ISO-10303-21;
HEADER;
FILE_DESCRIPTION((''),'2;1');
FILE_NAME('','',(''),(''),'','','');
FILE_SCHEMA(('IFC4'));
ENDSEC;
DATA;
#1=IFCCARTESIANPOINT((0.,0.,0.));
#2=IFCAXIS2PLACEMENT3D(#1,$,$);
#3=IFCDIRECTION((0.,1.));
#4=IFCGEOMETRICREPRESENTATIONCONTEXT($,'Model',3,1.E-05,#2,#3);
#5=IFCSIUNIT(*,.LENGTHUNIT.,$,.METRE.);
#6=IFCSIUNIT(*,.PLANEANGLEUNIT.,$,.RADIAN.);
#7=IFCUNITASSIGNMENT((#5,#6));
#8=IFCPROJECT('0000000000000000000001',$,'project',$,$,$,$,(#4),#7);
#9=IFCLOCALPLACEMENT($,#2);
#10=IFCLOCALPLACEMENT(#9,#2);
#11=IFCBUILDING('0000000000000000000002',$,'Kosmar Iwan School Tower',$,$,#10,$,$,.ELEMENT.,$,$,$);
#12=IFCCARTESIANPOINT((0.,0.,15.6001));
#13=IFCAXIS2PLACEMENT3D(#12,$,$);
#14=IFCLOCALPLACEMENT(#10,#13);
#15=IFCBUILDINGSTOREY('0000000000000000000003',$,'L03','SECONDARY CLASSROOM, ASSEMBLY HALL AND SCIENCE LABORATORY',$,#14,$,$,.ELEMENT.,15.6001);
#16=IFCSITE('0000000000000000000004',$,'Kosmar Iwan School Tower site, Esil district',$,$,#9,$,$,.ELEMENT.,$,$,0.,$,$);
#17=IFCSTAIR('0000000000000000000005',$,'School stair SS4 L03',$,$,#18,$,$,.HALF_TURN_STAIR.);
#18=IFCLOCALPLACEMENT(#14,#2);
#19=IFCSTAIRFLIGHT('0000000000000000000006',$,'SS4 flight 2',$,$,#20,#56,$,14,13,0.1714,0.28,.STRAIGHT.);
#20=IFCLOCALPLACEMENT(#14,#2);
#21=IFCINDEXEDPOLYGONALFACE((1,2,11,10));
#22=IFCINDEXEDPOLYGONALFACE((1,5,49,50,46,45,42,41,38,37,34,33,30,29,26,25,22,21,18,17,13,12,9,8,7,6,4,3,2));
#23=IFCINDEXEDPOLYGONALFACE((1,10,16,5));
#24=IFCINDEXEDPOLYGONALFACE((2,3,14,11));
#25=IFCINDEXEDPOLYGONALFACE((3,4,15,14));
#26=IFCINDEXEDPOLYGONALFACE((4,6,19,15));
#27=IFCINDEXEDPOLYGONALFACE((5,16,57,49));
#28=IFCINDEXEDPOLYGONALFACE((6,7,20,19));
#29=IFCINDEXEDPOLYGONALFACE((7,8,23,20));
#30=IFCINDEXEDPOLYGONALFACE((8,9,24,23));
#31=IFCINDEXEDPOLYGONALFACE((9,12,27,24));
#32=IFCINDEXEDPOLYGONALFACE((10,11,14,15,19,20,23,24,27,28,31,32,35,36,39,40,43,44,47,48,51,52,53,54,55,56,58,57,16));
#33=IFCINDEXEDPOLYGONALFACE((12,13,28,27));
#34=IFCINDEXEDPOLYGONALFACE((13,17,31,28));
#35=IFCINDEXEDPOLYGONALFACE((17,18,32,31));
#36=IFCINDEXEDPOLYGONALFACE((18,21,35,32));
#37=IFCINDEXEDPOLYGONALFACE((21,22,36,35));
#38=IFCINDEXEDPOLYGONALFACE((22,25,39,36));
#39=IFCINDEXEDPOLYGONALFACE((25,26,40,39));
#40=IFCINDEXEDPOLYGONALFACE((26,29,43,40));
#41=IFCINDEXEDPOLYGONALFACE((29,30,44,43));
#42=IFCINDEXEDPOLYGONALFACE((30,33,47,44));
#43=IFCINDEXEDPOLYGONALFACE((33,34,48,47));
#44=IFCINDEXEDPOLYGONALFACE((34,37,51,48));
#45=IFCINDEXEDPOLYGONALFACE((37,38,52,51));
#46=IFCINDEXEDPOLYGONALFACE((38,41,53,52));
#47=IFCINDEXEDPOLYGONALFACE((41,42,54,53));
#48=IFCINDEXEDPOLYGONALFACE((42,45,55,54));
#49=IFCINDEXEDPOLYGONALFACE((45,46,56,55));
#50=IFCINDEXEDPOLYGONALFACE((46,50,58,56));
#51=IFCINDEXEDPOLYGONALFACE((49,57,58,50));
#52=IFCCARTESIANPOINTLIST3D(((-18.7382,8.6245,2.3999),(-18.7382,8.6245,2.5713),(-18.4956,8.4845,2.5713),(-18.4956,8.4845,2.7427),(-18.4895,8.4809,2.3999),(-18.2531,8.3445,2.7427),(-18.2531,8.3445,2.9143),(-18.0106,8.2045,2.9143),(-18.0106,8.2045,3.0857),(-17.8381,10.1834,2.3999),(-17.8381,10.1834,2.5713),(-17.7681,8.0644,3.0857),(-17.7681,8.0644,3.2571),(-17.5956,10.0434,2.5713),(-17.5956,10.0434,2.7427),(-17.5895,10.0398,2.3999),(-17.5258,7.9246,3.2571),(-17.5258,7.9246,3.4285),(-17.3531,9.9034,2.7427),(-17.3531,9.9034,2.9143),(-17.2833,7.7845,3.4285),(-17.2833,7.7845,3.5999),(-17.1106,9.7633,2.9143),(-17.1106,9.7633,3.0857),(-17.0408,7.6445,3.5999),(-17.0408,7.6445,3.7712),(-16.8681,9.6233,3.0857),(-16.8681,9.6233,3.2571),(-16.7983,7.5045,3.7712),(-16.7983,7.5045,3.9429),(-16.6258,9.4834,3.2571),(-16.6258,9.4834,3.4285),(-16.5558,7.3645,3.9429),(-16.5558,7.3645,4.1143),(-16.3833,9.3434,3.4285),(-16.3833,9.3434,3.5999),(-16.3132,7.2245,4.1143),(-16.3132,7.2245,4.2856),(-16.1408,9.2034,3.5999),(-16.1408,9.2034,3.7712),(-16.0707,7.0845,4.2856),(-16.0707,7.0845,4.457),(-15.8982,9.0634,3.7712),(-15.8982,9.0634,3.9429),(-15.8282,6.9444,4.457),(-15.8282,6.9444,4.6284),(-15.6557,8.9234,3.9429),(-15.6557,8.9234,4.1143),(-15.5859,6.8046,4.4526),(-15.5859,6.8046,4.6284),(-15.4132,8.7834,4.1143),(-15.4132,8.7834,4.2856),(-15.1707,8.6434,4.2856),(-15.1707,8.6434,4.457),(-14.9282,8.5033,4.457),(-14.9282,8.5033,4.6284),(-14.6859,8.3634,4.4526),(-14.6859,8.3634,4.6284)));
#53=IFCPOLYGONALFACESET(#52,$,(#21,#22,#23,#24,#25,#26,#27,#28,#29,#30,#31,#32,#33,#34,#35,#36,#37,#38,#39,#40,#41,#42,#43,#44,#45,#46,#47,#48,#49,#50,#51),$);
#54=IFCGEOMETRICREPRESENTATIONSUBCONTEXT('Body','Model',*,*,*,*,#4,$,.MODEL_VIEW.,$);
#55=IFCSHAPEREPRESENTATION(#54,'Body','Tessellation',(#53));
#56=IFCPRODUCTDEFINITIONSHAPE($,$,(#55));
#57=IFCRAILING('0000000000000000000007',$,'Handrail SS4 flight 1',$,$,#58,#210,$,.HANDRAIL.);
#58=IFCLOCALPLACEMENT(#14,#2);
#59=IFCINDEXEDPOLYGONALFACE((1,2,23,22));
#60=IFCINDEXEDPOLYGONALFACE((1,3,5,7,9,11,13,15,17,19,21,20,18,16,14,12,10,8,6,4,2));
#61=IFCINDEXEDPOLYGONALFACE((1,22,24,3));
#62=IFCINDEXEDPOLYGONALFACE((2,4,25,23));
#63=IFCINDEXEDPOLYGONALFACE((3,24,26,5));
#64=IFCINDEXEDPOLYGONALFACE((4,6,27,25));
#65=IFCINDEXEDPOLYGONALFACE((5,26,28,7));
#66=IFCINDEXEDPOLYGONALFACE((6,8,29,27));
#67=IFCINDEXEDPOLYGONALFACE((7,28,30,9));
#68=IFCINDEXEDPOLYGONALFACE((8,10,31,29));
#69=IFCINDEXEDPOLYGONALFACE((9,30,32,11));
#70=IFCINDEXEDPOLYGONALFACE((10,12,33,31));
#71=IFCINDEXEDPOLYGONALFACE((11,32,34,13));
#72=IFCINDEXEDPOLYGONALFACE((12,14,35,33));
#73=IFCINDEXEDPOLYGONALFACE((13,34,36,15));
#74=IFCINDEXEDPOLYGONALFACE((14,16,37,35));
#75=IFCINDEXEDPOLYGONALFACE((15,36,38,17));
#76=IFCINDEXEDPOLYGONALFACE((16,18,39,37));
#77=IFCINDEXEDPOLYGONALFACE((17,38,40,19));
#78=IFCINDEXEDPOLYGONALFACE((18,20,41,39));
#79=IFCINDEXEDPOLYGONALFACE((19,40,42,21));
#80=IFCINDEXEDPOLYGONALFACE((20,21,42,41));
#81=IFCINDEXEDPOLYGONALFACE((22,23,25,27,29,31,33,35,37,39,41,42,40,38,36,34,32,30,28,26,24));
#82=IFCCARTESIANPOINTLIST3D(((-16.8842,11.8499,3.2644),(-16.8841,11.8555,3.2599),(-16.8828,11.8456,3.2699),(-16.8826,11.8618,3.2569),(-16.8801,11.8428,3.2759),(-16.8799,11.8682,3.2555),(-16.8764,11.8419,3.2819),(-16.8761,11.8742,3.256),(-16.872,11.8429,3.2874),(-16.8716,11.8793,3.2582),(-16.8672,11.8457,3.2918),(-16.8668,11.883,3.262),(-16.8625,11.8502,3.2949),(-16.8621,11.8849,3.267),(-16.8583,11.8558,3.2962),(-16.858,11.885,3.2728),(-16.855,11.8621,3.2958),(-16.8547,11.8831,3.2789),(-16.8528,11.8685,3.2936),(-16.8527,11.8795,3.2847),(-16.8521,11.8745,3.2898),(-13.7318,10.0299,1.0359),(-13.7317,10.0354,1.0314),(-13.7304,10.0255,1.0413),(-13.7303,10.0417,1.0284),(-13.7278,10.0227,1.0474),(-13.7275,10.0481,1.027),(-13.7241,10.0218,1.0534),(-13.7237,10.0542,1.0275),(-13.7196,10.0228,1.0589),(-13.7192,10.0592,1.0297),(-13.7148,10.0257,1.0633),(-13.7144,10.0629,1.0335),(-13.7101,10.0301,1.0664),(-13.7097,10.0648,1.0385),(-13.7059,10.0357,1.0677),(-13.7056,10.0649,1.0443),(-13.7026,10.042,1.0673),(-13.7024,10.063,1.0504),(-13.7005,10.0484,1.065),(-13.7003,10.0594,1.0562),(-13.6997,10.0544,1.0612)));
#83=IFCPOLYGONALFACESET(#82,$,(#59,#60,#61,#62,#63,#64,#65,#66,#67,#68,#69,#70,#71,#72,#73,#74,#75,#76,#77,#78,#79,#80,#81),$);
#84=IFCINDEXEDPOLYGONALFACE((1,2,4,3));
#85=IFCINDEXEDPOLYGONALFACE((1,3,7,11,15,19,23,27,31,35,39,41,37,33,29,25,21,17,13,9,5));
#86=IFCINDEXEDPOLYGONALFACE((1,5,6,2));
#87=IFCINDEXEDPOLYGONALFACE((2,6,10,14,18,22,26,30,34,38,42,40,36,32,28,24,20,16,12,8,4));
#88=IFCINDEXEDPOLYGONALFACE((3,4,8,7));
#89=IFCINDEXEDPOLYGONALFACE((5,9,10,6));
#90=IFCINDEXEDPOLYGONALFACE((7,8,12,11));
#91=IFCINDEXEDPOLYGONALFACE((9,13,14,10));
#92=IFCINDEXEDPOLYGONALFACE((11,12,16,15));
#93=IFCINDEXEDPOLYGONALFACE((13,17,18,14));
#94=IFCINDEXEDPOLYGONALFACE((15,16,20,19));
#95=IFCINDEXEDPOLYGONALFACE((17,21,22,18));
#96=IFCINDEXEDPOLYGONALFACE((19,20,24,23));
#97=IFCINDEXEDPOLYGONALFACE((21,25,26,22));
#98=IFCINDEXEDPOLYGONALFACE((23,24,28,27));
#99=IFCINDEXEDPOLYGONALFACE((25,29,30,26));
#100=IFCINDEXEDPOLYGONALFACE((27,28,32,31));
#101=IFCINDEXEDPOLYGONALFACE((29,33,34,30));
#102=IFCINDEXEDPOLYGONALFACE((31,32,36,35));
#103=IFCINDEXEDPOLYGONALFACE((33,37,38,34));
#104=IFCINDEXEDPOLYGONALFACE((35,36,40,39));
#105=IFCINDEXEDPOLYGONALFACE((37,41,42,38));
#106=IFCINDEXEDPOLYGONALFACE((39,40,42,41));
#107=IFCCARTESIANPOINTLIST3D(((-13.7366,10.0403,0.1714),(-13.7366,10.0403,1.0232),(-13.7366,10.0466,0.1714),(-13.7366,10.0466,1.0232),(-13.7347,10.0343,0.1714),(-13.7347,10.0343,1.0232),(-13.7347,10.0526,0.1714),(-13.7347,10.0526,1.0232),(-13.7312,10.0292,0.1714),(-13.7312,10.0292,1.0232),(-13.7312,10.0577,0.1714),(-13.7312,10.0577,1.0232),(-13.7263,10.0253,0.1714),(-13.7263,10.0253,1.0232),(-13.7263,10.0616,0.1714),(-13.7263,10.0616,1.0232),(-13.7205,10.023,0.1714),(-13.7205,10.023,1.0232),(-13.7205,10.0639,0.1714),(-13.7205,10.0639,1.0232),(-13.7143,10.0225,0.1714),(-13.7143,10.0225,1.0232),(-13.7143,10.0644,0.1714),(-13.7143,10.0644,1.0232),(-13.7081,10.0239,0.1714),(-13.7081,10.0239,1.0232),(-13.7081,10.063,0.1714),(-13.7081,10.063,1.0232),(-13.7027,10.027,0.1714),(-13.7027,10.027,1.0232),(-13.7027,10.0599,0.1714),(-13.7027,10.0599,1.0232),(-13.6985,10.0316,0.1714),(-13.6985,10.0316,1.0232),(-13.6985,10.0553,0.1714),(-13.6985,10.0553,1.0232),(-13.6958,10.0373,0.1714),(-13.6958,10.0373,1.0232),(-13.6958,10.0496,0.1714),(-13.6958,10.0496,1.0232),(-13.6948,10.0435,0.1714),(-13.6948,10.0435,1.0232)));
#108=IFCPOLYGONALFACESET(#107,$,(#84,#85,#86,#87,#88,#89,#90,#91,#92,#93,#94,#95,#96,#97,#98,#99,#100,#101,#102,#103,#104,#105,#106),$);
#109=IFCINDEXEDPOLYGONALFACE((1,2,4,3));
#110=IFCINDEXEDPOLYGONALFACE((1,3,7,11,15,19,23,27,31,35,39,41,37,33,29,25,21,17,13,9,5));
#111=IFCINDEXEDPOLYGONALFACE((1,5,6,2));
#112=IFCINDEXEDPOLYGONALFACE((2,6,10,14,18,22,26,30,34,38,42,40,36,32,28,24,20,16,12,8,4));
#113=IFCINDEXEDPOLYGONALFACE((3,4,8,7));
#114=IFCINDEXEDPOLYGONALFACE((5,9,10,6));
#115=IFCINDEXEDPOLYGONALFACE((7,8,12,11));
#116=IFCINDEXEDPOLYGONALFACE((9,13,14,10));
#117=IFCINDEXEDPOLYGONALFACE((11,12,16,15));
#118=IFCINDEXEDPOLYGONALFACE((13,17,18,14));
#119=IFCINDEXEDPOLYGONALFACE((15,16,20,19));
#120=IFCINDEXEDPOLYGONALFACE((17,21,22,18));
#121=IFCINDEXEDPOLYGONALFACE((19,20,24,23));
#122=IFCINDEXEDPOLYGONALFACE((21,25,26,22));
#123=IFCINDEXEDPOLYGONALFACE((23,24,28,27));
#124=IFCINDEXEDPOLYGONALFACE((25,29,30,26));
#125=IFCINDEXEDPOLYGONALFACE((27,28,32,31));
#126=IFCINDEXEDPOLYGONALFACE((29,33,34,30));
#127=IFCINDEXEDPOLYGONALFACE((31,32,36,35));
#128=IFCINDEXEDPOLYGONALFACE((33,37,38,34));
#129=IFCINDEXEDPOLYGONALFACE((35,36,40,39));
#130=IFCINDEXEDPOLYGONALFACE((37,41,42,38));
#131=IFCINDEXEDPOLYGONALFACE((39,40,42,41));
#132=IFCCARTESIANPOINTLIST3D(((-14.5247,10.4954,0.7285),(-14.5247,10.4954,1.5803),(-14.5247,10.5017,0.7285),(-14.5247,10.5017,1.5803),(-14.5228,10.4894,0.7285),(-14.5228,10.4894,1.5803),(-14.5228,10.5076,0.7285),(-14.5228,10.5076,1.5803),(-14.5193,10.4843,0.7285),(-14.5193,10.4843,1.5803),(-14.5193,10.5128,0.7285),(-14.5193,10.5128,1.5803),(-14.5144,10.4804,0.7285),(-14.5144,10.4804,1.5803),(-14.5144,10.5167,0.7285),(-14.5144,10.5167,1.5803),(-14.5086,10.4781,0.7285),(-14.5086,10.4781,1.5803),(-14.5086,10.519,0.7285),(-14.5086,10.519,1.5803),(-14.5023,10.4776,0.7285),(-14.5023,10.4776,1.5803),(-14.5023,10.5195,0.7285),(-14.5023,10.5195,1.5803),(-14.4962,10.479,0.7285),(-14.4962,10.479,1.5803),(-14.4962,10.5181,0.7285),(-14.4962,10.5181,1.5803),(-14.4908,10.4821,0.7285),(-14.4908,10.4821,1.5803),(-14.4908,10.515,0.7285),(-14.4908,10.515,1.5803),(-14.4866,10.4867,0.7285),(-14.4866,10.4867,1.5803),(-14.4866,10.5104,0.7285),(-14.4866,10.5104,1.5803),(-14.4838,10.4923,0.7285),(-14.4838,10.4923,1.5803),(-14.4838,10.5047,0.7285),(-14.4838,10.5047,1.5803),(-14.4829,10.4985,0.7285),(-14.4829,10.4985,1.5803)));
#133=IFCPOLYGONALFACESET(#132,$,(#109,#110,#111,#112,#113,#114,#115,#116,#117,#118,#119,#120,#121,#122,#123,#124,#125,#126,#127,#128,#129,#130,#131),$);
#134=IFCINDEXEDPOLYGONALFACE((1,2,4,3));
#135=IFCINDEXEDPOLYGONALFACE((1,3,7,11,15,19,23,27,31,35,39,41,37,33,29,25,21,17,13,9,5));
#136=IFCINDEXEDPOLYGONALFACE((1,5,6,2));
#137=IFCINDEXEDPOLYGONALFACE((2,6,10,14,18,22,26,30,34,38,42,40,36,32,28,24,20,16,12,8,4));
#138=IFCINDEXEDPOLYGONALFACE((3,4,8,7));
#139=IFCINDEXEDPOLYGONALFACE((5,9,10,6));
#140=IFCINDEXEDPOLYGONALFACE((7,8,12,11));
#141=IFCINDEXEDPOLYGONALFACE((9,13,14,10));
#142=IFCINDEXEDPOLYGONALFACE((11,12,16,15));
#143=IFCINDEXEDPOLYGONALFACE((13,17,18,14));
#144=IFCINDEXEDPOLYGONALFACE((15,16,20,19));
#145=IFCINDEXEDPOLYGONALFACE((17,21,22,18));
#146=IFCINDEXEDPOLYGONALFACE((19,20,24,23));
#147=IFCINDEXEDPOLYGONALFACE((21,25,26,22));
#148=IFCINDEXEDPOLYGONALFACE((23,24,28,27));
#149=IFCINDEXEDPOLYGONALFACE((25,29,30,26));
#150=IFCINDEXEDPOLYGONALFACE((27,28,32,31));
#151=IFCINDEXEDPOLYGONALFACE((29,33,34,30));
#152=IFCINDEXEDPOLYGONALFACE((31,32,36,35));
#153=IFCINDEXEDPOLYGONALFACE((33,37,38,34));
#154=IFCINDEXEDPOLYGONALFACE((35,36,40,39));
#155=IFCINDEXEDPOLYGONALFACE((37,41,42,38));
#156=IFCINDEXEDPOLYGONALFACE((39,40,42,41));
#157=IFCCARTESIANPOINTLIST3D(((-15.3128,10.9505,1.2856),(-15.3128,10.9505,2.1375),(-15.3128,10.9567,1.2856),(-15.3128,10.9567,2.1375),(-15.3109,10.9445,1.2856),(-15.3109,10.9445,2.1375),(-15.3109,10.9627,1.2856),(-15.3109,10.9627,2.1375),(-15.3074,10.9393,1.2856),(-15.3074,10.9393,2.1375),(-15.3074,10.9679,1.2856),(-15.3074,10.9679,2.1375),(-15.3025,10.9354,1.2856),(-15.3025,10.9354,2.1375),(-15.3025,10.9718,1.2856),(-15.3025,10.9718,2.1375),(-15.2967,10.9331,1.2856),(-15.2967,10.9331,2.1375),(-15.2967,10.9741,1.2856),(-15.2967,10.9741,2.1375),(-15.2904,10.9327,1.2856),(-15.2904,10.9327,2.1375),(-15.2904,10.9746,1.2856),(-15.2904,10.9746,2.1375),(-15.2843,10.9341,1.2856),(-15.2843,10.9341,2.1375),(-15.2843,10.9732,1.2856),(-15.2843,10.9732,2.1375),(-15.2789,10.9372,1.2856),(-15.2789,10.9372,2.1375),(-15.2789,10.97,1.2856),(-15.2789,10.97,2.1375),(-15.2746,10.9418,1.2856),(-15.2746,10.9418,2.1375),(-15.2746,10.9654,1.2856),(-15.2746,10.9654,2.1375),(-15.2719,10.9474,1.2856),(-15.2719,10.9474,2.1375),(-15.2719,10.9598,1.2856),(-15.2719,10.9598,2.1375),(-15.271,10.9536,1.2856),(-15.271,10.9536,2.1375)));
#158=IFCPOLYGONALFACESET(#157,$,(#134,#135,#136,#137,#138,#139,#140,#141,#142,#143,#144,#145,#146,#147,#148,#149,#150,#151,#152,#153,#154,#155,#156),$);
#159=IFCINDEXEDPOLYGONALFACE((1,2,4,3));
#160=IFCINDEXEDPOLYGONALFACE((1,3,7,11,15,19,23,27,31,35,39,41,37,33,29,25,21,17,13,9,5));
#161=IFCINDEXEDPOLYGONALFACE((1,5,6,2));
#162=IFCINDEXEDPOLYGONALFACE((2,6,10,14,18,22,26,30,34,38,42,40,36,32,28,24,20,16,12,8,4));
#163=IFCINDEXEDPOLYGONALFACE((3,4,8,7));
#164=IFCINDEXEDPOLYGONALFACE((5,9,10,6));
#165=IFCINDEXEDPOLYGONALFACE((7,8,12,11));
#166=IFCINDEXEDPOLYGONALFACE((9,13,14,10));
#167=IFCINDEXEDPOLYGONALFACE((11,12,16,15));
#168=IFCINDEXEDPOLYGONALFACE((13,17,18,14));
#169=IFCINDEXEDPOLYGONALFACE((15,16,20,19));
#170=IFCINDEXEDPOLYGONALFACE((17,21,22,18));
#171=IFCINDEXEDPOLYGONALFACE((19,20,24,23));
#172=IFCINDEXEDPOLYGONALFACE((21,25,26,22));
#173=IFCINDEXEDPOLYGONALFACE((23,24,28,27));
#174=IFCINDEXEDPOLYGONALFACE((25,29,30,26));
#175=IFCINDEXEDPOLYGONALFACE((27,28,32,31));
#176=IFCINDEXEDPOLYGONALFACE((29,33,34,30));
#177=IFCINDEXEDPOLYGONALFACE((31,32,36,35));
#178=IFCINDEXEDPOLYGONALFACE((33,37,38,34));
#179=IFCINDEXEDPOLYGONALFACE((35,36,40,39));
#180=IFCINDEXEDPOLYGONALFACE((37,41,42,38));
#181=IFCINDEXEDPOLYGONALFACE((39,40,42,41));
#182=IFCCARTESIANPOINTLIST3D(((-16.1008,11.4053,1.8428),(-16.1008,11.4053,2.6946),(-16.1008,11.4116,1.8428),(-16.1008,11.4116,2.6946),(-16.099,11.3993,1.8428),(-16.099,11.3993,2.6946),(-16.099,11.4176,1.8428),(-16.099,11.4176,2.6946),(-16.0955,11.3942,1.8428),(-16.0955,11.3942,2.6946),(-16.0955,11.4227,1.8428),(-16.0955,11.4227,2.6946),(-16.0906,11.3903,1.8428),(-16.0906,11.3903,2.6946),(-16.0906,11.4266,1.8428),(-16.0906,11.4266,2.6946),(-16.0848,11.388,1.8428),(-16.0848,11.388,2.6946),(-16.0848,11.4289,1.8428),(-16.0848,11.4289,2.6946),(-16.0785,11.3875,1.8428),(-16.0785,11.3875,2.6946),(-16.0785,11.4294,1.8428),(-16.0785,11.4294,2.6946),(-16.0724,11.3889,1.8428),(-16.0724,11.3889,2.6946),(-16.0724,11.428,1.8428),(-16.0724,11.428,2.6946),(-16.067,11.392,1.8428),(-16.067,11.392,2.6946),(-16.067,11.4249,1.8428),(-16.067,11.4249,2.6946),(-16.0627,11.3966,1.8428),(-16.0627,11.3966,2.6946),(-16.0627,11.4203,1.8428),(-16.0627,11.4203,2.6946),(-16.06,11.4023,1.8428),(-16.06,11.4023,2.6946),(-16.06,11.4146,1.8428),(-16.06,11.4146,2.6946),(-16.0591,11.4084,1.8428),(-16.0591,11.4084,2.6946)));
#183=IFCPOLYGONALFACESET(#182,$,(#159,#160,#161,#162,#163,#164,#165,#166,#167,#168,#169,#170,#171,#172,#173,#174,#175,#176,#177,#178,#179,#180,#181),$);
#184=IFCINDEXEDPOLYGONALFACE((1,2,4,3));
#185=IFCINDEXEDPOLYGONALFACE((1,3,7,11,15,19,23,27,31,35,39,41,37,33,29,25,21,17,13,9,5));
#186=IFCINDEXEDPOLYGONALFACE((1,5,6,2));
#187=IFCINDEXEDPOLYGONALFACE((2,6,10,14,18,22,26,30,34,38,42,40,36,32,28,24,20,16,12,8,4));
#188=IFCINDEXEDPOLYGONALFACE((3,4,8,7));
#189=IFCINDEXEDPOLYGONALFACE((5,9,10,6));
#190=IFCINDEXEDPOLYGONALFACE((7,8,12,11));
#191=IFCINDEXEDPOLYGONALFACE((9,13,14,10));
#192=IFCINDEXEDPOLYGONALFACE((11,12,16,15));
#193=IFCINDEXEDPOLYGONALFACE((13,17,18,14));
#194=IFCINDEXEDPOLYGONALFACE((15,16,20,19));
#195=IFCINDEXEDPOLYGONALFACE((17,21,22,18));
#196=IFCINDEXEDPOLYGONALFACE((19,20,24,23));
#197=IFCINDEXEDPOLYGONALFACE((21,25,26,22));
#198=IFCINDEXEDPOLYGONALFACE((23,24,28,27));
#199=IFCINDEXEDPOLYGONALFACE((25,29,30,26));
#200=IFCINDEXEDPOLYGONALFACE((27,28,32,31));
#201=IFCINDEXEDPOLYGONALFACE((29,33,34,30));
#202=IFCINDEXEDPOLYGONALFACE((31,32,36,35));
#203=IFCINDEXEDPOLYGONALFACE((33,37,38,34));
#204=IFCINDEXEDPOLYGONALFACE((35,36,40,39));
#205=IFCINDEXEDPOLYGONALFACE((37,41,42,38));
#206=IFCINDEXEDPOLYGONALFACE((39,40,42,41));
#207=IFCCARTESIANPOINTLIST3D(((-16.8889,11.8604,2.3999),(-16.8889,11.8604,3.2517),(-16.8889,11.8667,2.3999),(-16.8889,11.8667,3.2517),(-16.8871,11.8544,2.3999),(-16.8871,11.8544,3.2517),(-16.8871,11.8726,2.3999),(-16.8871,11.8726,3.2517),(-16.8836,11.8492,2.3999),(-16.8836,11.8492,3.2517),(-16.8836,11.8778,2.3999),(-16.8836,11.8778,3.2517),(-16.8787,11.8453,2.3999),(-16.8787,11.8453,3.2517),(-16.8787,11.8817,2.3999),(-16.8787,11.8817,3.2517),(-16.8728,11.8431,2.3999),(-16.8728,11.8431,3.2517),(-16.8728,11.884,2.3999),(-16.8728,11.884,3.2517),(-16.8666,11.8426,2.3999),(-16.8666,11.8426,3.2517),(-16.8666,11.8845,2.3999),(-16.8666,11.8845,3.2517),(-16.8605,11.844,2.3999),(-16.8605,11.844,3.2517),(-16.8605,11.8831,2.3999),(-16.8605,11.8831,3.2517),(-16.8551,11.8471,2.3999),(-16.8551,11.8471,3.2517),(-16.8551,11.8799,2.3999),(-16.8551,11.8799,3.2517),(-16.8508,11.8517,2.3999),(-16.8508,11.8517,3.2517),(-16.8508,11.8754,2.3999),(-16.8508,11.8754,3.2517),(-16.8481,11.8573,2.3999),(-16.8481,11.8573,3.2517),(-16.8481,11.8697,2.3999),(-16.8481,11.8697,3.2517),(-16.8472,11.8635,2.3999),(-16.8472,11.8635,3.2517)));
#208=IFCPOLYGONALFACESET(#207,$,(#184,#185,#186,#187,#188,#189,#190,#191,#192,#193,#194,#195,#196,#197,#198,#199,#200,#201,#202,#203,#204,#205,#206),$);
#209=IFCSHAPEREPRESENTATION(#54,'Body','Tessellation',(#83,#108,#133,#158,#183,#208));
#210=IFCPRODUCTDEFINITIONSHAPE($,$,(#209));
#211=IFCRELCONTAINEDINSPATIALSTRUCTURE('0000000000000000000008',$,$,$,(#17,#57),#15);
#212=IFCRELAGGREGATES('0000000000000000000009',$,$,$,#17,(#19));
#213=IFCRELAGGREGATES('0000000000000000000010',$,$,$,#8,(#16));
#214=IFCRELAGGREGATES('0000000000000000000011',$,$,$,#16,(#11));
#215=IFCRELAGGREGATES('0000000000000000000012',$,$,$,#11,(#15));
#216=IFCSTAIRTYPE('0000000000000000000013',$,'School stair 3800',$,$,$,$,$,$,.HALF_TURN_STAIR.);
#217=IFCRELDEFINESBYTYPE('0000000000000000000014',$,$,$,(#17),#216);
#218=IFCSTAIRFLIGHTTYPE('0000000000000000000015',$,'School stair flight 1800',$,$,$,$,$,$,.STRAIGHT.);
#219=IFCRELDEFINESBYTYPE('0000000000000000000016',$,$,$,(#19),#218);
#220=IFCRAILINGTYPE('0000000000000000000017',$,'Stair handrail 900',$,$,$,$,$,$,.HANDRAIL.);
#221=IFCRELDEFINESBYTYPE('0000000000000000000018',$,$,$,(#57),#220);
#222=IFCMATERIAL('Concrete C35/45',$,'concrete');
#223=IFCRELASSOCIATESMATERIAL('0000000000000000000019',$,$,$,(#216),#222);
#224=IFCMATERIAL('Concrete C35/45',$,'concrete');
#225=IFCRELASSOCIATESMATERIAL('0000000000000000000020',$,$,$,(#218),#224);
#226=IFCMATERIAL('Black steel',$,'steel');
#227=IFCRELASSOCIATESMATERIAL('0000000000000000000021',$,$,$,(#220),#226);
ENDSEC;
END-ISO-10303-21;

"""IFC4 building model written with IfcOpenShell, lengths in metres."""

from ifc_helpers import new_model, si_unit, direction, frame, origin, origin_2d, place, context, subcontext, project, spatial, polyline, circle, outline, extrude, material, type_object, element, aggregate, save


model = new_model("IFC4")

# Units and contexts
model_context = context("Model", 3, precision=1e-05, world=origin(), true_north=direction((0.0, 1.0)))
body_context = subcontext(model_context, "Body", "Model", "MODEL_VIEW")
ifc_project = project(units=[si_unit("LENGTHUNIT", "METRE"), si_unit("PLANEANGLEUNIT", "RADIAN")], contexts=[model_context])

# Site, building, storey
site_placement = place(None, origin())
site = spatial("IfcSite", under=ifc_project, at=site_placement, Name="Kosmar Iwan School Tower site, Esil district", CompositionType="ELEMENT", RefElevation=0.0)
building_placement = place(site_placement, origin())
building = spatial("IfcBuilding", under=site, at=building_placement, Name="Kosmar Iwan School Tower", CompositionType="ELEMENT")
storey_placement = place(building_placement, frame((0.0, 0.0, 15.6001)))
storey = spatial("IfcBuildingStorey", under=building, at=storey_placement, Name="L03", Description="SECONDARY CLASSROOM, ASSEMBLY HALL AND SCIENCE LABORATORY", CompositionType="ELEMENT", Elevation=15.6001)

# Stair, stair flight
ifc_material_1 = material(Name="Concrete C35/45", Category="concrete")
stair_type = type_object("IfcStairType", Name="School stair 3800", PredefinedType="HALF_TURN_STAIR", material=ifc_material_1)
stair_placement = place(storey_placement, origin())
stair = element("IfcStair", 1, at=stair_placement, inside=storey, type_object=stair_type, Name="School stair SS4 L03", PredefinedType="HALF_TURN_STAIR")
ifc_material_2 = material(Name="Concrete C35/45", Category="concrete")
stair_flight_type = type_object("IfcStairFlightType", Name="School stair flight 1800", PredefinedType="STRAIGHT", material=ifc_material_2)
stair_flight_1_placement = place(storey_placement, frame((-18.2881, 9.4041, 2.3999), z_axis=(0.0, 0.0, 1.0), x_axis=(0.866025, -0.5, 0.0)))
stair_flight_1 = element("IfcStairFlight", 2, at=stair_flight_1_placement, type_object=stair_flight_type, Name="SS4 flight 2", NumberOfRisers=14, NumberOfTreads=13, PredefinedType="STRAIGHT", RiserHeight=0.1714, TreadLength=0.28, context=body_context, shape_type="SweptSolid", body=[
    extrude(outline(polyline([(0.0, 0.0), (0.0, 0.1714), (0.28, 0.1714), (0.28, 0.3428), (0.5601, 0.3428), (0.5601, 0.5144), (0.8401, 0.5144), (0.8401, 0.6858), (1.1201, 0.6858), (1.1201, 0.8572), (1.3999, 0.8572), (1.3999, 1.0286), (1.6799, 1.0286), (1.6799, 1.2), (1.96, 1.2), (1.96, 1.3713), (2.24, 1.3713), (2.24, 1.543), (2.52, 1.543), (2.52, 1.7144), (2.8, 1.7144), (2.8, 1.8857), (3.0801, 1.8857), (3.0801, 2.0571), (3.3601, 2.0571), (3.3601, 2.2285), (3.6399, 2.2285), (3.6399, 2.3999), (3.6399, 2.0527), (0.2871, 0.0), (0.0, 0.0)])), frame((0.0, 0.8999, 0.0), z_axis=(0.0, -1.0, 0.0), x_axis=(1.0, 0.0, 0.0)), (0.0, 0.0, 1.0), 1.8),
])
aggregate(stair, [stair_flight_1])

# Railing
ifc_material_3 = material(Name="Black steel", Category="steel")
railing_type = type_object("IfcRailingType", Name="Stair handrail 900", PredefinedType="HANDRAIL", material=ifc_material_3)
railing_1_placement = place(storey_placement, frame((-13.7158, 10.0435, 0.1714)))
element("IfcRailing", 3, at=railing_1_placement, inside=storey, type_object=railing_type, Name="Handrail SS4 flight 1", PredefinedType="HANDRAIL", context=body_context, shape_type="SweptSolid", body=[
    extrude(circle(Radius=0.0239, at=origin_2d()), frame((0.0, 0.0, 0.876), z_axis=(-0.738592, 0.426441, 0.52214), x_axis=(-0.500013, -0.866018, 0.0)), (0.0, 0.0, 1.0), 4.2681),
    extrude(circle(Radius=0.021, at=origin_2d()), origin(), (0.0, 0.0, 1.0), 0.8518),
    extrude(circle(Radius=0.021, at=origin_2d()), frame((-0.7881, 0.4551, 0.5571)), (0.0, 0.0, 1.0), 0.8518),
    extrude(circle(Radius=0.021, at=origin_2d()), frame((-1.5762, 0.9102, 1.1143)), (0.0, 0.0, 1.0), 0.8518),
    extrude(circle(Radius=0.021, at=origin_2d()), frame((-2.3643, 1.365, 1.6714)), (0.0, 0.0, 1.0), 0.8518),
    extrude(circle(Radius=0.021, at=origin_2d()), frame((-3.1523, 1.8201, 2.2285)), (0.0, 0.0, 1.0), 0.8518),
])

save(model, "model.ifc")
